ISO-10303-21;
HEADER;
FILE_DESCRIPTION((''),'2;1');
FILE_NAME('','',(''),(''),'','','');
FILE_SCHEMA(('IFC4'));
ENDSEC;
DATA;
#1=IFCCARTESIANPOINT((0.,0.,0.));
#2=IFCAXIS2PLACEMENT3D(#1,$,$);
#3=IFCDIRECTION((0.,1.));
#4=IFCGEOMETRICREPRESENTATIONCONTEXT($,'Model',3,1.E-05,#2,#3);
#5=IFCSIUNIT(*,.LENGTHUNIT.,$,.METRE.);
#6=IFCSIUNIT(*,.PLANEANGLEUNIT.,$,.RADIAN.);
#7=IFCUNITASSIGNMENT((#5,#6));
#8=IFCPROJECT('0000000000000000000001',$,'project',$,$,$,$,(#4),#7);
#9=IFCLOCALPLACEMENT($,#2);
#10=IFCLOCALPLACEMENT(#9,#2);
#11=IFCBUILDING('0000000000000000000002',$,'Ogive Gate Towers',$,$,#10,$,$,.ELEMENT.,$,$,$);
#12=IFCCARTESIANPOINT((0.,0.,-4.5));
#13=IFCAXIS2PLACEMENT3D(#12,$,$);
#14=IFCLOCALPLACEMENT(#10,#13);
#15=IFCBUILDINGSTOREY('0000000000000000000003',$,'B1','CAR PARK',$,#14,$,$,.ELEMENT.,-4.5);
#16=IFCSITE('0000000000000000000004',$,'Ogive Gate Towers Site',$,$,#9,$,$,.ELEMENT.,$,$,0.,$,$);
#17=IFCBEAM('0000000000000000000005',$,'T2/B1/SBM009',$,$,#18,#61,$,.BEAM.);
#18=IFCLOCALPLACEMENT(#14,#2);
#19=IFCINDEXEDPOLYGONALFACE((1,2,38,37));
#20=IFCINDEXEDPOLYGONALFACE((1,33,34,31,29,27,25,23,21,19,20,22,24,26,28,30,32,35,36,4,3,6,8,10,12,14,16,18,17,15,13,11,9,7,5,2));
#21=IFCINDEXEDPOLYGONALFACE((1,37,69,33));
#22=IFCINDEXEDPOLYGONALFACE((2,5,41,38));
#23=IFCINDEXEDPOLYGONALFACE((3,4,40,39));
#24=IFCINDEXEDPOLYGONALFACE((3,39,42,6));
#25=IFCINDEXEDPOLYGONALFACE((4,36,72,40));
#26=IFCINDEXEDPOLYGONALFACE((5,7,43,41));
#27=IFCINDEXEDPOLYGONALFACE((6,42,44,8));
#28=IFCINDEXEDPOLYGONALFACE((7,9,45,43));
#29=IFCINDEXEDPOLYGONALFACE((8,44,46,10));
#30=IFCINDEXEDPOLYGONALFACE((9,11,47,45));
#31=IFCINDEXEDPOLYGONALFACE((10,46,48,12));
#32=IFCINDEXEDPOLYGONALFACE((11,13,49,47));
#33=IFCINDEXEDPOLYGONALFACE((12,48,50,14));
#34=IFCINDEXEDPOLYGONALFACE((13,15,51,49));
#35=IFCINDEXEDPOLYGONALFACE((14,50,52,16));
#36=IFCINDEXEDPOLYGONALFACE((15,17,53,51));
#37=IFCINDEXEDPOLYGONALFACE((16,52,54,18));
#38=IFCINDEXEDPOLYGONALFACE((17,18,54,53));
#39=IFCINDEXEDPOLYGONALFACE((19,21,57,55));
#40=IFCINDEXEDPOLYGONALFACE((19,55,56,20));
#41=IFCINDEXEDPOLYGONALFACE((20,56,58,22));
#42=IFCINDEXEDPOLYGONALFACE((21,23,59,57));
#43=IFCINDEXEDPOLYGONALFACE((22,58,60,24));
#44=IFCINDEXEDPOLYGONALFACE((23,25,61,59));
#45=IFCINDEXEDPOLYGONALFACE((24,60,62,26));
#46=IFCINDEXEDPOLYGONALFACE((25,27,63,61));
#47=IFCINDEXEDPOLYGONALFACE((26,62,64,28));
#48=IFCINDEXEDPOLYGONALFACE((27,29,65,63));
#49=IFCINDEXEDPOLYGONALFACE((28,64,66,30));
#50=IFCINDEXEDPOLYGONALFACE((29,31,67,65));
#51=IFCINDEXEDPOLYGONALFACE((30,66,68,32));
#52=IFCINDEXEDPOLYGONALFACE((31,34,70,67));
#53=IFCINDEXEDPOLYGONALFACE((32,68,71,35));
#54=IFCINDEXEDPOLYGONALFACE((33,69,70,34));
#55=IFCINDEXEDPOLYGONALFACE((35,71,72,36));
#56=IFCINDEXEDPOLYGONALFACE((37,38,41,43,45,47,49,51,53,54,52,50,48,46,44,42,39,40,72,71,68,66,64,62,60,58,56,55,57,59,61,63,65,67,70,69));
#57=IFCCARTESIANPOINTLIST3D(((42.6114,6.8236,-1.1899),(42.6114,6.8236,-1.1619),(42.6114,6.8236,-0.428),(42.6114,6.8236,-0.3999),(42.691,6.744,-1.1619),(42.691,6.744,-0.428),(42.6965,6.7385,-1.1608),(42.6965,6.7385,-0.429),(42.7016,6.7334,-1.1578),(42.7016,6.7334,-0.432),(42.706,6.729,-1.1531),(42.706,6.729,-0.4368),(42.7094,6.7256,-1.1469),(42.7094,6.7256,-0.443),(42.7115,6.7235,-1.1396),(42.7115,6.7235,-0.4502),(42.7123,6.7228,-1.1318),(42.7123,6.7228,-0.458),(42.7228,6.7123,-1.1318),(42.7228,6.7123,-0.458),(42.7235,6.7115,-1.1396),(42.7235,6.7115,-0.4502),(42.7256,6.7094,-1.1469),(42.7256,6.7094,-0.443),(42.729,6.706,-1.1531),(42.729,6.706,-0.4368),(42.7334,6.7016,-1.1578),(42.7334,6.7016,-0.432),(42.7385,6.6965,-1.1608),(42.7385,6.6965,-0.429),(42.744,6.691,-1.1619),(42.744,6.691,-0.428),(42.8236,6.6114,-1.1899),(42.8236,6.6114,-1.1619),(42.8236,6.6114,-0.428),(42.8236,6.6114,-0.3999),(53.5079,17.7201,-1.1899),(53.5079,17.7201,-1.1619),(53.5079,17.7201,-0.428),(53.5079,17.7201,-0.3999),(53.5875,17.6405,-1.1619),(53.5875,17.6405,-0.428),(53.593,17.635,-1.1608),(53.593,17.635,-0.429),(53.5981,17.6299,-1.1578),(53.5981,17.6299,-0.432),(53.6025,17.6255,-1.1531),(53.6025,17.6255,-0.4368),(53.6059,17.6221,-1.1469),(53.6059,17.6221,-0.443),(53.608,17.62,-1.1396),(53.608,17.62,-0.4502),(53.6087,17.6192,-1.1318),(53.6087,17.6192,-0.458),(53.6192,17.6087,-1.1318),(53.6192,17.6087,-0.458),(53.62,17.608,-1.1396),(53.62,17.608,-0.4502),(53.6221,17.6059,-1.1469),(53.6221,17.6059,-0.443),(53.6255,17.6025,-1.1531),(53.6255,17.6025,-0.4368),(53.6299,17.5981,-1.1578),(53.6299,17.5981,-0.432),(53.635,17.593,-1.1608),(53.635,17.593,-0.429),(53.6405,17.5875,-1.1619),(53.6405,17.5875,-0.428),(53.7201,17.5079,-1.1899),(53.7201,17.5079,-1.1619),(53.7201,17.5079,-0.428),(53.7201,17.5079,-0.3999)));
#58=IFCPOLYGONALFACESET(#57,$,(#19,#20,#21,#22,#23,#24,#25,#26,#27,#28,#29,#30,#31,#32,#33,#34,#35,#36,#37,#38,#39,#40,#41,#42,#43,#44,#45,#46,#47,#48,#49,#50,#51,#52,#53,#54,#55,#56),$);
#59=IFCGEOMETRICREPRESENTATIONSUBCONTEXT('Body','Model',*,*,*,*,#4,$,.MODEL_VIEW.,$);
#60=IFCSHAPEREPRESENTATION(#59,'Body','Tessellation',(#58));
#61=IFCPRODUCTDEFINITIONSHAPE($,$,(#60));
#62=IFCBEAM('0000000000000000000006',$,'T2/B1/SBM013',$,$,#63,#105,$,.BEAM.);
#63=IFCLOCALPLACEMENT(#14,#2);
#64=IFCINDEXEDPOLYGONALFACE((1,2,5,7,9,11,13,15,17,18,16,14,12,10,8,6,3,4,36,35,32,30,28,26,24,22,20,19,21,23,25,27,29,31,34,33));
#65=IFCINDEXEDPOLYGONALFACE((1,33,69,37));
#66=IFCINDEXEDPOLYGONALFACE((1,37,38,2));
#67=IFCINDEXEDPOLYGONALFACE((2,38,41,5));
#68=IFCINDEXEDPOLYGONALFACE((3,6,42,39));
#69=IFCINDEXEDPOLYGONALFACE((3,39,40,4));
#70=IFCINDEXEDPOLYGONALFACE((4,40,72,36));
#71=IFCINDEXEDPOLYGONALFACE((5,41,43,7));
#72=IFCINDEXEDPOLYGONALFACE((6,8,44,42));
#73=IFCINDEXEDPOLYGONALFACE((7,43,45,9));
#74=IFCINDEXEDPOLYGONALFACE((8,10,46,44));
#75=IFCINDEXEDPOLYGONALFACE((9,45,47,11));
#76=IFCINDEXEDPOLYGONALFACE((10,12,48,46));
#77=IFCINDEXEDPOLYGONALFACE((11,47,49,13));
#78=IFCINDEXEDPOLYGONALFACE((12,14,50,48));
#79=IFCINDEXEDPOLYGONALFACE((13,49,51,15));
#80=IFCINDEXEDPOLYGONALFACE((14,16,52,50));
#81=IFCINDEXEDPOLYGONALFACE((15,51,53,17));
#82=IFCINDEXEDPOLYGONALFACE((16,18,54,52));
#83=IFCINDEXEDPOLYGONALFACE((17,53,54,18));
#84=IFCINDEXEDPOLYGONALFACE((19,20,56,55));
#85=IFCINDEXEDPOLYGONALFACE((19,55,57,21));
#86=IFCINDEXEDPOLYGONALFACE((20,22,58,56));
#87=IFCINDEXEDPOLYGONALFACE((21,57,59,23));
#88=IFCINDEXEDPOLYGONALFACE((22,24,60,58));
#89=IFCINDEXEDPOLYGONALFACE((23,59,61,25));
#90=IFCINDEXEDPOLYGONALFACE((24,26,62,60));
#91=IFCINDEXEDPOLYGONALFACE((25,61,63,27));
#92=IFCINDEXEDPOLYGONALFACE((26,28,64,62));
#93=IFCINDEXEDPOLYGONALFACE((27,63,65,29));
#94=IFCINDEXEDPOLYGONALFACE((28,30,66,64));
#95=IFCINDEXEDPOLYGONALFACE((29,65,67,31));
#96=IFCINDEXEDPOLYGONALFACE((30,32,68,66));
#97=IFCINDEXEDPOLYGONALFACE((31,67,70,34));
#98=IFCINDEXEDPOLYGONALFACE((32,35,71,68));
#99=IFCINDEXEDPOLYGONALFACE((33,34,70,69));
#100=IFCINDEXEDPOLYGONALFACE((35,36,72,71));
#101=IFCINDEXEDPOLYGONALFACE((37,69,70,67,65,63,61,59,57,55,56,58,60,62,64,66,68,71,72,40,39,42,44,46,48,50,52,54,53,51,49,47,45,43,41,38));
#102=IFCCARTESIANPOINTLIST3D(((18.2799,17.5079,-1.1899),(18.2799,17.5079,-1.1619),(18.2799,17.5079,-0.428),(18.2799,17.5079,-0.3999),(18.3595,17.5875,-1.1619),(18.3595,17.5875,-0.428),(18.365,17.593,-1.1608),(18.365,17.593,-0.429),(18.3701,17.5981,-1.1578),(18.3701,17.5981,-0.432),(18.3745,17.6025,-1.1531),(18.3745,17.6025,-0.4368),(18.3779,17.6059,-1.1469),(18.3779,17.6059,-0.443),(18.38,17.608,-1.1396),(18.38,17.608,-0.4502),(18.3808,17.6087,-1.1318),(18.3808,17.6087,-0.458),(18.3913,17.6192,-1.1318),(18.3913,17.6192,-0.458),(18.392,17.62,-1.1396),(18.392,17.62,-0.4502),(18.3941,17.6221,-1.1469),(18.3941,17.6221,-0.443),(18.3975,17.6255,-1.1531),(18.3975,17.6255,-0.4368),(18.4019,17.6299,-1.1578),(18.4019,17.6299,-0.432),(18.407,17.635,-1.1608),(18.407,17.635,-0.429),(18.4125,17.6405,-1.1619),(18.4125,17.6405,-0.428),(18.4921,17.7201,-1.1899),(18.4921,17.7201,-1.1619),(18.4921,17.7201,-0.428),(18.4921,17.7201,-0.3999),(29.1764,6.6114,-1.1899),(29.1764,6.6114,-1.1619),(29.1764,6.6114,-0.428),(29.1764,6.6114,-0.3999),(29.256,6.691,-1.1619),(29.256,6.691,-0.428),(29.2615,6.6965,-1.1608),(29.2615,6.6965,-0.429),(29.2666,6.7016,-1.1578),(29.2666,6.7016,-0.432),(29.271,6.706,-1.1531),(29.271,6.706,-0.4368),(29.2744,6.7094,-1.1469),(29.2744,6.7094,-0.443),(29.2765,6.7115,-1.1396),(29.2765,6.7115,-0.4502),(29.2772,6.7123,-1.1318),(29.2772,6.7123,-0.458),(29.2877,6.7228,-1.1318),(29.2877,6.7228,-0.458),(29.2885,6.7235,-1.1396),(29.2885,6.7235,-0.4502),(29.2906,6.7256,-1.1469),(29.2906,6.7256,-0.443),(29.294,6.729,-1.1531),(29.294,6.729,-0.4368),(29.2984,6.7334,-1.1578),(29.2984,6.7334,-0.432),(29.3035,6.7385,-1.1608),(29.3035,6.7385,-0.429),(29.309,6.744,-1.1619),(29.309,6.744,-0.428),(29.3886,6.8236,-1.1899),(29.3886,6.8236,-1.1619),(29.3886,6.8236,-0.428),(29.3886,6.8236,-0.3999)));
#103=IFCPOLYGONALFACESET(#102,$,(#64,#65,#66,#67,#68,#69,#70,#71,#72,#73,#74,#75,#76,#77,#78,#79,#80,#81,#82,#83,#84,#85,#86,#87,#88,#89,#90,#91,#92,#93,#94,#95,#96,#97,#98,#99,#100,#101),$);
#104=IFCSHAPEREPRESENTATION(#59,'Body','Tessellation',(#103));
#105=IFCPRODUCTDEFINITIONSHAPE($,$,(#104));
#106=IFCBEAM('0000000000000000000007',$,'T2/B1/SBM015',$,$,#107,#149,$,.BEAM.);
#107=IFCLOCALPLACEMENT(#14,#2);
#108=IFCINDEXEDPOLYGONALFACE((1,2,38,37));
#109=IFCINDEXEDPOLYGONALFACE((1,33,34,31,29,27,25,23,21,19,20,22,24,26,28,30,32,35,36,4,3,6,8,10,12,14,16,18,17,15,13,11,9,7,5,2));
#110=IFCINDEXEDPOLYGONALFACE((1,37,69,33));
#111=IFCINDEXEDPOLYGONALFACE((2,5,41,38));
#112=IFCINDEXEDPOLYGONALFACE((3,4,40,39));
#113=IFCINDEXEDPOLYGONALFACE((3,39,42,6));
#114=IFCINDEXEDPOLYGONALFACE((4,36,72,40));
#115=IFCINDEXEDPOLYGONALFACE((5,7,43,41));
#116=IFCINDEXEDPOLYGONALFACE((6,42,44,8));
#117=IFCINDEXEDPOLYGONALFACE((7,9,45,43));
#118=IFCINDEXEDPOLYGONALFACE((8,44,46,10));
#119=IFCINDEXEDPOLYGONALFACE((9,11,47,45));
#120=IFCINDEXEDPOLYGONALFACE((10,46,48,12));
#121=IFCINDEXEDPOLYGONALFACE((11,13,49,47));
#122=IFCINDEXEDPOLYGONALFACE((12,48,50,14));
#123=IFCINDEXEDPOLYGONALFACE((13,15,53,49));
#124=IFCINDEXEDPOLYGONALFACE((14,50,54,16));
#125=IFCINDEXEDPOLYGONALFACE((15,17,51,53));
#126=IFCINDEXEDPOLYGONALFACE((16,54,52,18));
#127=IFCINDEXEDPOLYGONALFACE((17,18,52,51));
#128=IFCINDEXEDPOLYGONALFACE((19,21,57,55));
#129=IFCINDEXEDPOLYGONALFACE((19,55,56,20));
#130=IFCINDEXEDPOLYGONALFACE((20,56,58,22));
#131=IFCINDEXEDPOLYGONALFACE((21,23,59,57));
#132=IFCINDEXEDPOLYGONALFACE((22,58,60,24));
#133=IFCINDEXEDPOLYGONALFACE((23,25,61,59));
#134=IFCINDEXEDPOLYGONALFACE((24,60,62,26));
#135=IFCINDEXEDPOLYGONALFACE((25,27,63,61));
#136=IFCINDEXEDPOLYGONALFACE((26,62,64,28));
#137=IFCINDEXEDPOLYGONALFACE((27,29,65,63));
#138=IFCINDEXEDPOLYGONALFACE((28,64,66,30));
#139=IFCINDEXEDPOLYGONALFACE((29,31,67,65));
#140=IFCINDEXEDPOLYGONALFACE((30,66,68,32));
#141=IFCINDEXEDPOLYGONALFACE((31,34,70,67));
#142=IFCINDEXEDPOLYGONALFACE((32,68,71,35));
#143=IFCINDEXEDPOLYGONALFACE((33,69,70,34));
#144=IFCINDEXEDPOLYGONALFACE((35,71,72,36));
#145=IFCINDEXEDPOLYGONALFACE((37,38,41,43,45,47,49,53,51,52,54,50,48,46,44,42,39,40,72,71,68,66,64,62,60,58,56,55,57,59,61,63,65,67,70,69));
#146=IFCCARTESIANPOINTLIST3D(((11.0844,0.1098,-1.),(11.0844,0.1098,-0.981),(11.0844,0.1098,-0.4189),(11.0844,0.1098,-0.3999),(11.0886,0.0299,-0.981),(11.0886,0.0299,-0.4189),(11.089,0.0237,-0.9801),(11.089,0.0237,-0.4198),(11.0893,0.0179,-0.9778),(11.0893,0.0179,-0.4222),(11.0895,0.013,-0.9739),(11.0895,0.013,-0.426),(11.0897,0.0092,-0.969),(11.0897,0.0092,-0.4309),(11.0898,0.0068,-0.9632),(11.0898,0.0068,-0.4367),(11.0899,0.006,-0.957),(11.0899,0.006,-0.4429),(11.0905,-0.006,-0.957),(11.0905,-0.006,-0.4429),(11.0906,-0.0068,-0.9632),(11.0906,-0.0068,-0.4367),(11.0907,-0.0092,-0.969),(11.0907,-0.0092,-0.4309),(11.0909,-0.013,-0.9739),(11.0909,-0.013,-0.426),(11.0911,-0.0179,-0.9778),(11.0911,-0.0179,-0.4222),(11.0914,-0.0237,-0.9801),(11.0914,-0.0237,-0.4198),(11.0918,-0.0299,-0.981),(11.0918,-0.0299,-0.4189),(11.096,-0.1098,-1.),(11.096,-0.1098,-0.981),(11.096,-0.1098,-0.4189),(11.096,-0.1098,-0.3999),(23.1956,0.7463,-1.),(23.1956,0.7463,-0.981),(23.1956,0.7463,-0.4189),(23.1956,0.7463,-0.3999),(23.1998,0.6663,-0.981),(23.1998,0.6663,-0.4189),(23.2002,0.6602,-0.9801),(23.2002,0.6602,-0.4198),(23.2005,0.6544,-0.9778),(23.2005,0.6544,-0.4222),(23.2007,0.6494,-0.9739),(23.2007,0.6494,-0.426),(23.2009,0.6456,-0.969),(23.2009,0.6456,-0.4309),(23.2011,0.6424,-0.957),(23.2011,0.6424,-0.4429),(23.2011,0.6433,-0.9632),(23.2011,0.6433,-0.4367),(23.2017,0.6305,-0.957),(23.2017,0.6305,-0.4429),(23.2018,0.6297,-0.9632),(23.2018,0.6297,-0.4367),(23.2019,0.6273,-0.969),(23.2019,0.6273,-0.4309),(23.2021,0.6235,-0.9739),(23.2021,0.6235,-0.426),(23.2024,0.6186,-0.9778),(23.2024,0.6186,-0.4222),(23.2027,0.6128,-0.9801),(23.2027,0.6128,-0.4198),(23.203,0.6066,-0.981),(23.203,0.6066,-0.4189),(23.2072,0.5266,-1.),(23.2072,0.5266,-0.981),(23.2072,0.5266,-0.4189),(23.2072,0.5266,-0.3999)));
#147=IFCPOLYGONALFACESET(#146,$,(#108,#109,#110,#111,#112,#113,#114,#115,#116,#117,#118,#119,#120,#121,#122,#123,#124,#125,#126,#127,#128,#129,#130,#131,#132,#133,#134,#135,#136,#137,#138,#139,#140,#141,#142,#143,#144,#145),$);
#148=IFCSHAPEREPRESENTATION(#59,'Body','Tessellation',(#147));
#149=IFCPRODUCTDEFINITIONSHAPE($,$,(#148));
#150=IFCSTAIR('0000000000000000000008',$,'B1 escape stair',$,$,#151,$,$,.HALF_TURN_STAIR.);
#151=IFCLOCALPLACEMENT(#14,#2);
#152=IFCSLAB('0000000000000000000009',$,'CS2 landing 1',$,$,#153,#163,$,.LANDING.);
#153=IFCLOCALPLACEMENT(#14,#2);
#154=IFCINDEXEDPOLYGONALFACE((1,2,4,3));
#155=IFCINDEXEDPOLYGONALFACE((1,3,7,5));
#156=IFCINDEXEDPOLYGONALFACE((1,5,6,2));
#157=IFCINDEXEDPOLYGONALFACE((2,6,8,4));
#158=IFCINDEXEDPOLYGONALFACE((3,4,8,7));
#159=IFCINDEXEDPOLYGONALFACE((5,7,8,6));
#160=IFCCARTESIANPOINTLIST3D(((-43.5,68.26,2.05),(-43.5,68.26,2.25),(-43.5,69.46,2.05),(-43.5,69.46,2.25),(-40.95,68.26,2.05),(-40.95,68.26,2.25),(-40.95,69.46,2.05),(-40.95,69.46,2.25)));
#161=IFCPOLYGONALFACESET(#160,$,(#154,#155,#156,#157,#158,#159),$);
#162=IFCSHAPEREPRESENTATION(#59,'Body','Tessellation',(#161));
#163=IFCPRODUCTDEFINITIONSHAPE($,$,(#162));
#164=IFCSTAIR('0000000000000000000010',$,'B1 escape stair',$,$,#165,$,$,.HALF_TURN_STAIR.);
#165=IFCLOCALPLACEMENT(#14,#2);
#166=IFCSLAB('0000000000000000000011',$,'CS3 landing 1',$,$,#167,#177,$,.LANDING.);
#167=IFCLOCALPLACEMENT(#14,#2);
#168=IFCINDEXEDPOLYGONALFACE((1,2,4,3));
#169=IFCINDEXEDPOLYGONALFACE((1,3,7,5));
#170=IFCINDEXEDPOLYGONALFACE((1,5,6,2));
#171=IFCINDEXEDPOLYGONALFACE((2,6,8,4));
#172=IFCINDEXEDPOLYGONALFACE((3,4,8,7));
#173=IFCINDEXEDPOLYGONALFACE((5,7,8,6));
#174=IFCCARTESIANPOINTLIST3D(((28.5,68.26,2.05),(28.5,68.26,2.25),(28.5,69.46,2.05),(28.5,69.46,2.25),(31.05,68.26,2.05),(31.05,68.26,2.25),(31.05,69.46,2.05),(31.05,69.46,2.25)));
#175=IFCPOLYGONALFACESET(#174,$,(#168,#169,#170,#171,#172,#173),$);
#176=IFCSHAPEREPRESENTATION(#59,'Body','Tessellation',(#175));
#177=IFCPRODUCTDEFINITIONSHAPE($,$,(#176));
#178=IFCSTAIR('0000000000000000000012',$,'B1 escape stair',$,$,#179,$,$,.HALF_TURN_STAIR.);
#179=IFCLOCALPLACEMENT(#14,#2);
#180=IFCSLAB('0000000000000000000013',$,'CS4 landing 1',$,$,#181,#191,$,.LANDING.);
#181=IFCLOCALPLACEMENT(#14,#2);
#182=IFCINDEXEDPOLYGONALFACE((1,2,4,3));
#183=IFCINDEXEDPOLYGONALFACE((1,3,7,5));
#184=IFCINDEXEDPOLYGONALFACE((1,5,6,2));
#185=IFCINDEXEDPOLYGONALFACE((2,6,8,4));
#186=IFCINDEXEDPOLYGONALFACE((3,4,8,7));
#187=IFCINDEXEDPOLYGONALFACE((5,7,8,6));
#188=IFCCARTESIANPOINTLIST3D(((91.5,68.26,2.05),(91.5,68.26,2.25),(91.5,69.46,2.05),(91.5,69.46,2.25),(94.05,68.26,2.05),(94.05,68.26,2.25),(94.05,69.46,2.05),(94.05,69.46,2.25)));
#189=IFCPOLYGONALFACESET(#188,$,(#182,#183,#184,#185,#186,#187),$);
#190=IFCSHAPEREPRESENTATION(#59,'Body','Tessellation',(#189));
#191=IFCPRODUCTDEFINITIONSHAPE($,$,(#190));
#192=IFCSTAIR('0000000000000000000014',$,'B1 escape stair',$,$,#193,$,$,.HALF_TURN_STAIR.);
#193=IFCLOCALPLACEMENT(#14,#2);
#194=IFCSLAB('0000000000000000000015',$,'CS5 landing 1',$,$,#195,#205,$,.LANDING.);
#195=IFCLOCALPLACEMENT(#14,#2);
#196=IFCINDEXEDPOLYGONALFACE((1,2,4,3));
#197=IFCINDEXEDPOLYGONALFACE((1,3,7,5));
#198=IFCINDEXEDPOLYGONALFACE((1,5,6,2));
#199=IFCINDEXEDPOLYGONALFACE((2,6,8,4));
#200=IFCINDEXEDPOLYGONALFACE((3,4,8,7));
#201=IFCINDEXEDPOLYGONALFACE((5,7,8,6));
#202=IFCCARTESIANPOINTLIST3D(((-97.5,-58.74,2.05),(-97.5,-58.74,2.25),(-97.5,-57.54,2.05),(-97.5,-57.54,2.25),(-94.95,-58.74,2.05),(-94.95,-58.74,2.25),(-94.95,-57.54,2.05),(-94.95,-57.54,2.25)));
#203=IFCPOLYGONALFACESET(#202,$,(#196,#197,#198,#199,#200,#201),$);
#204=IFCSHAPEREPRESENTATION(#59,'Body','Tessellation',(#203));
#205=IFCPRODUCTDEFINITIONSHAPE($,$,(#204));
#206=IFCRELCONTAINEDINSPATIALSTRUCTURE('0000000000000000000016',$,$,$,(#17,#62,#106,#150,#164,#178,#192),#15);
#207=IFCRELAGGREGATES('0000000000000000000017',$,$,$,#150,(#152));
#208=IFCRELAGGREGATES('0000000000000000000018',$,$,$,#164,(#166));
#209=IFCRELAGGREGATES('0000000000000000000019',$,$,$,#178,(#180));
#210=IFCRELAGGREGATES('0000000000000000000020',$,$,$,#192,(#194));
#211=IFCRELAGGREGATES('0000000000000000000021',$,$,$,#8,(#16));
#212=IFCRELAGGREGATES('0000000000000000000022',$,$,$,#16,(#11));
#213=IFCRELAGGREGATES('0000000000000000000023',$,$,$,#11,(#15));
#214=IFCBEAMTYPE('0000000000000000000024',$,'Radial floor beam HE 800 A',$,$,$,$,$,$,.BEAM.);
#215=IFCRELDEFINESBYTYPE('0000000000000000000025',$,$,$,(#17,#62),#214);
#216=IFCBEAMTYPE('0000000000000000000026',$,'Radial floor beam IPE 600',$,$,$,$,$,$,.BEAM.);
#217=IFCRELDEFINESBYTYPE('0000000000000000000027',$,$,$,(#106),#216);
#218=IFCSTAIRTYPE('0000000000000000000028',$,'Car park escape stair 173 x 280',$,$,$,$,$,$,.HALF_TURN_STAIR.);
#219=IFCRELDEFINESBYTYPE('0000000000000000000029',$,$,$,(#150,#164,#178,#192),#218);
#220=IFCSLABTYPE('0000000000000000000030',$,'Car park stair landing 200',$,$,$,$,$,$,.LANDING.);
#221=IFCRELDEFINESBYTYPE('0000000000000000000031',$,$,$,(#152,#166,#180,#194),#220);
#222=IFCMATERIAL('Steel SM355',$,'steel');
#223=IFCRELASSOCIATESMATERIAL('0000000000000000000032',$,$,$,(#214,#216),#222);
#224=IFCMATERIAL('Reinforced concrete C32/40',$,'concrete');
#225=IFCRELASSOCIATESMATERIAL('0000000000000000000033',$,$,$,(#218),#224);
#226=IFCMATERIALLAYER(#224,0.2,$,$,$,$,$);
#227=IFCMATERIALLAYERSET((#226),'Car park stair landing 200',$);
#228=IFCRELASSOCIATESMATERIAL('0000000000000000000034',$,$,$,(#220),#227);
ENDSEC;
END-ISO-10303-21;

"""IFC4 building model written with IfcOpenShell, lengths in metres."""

from ifc_helpers import new_model, si_unit, direction, frame, origin, origin_2d, place, context, subcontext, project, spatial, polyline, i_section, outline, extrude, material, layer, layer_set, material_profile, profile_set, type_object, element, aggregate, save


model = new_model("IFC4")

# Units and contexts
model_context = context("Model", 3, precision=1e-05, world=origin(), true_north=direction((0.0, 1.0)))
body_context = subcontext(model_context, "Body", "Model", "MODEL_VIEW")
ifc_project = project(units=[si_unit("LENGTHUNIT", "METRE"), si_unit("PLANEANGLEUNIT", "RADIAN")], contexts=[model_context])

# Site, building, storey
site_placement = place(None, origin())
site = spatial("IfcSite", under=ifc_project, at=site_placement, Name="Ogive Gate Towers Site", CompositionType="ELEMENT", RefElevation=0.0)
building_placement = place(site_placement, origin())
building = spatial("IfcBuilding", under=site, at=building_placement, Name="Ogive Gate Towers", CompositionType="ELEMENT")
storey_placement = place(building_placement, frame((0.0, 0.0, -4.5)))
storey = spatial("IfcBuildingStorey", under=building, at=storey_placement, Name="B1", Description="CAR PARK", CompositionType="ELEMENT", Elevation=-4.5)

# Beams
ifc_material_1 = material(Name="Steel SM355", Category="steel")
ifc_material_profile_1 = material_profile(ifc_material_1, i_section(OverallWidth=0.3, OverallDepth=0.79, WebThickness=0.0149, FlangeThickness=0.0281, FilletRadius=0.03, at=origin_2d()), Name="HE 800 A")
ifc_profile_set_1 = profile_set([ifc_material_profile_1], Name="Steel SM355")
beam_type_1 = type_object("IfcBeamType", Name="Radial floor beam HE 800 A", PredefinedType="BEAM", material=ifc_profile_set_1)
for number, where, z_axis, x_axis, name in (
    (1, (42.7175, 6.7175, -0.7949), (0.707107, 0.707107, 0.0), (-0.707107, 0.707107, 0.0), "T2/B1/SBM009"),
    (2, (29.2825, 6.7175, -0.7949), (-0.707107, 0.707107, 0.0), (-0.707107, -0.707107, 0.0), "T2/B1/SBM013"),
):
    element("IfcBeam", number, at=place(storey_placement, frame(where, z_axis=z_axis, x_axis=x_axis)), inside=storey, type_object=beam_type_1, Name=name, PredefinedType="BEAM", context=body_context, shape_type="SweptSolid", body=[
        extrude(i_section(OverallWidth=0.3, OverallDepth=0.79, WebThickness=0.0149, FlangeThickness=0.0281, FilletRadius=0.03, at=origin_2d()), origin(), (0.0, 0.0, 1.0), 15.4099),
    ])
ifc_material_profile_2 = material_profile(ifc_material_1, i_section(OverallWidth=0.22, OverallDepth=0.6001, WebThickness=0.012, FlangeThickness=0.019, FilletRadius=0.0239, at=origin_2d()), Name="IPE 600")
ifc_profile_set_2 = profile_set([ifc_material_profile_2], Name="Steel SM355")
beam_type_2 = type_object("IfcBeamType", Name="Radial floor beam IPE 600", PredefinedType="BEAM", material=ifc_profile_set_2)
beam_1_placement = place(storey_placement, frame((23.2014, 0.6365, -0.7), z_axis=(-0.998622, -0.05248, 0.0), x_axis=(0.05248, -0.998622, 0.0)))
element("IfcBeam", 3, at=beam_1_placement, inside=storey, type_object=beam_type_2, Name="T2/B1/SBM015", PredefinedType="BEAM", context=body_context, shape_type="SweptSolid", body=[
    extrude(i_section(OverallWidth=0.22, OverallDepth=0.6001, WebThickness=0.012, FlangeThickness=0.019, FilletRadius=0.0239, at=origin_2d()), origin(), (0.0, 0.0, 1.0), 12.1279),
])

# Stairs, slabs
ifc_material_2 = material(Name="Reinforced concrete C32/40", Category="concrete")
stair_type_1 = type_object("IfcStairType", Name="Car park escape stair 173 x 280", PredefinedType="HALF_TURN_STAIR", material=ifc_material_2)
stair_1_placement = place(storey_placement, origin())
stair_1 = element("IfcStair", 4, at=stair_1_placement, inside=storey, type_object=stair_type_1, Name="B1 escape stair", PredefinedType="HALF_TURN_STAIR")
ifc_layer_1 = layer(ifc_material_2, 0.2)
ifc_layer_set_1 = layer_set([ifc_layer_1], Name="Car park stair landing 200")
slab_type = type_object("IfcSlabType", Name="Car park stair landing 200", PredefinedType="LANDING", material=ifc_layer_set_1)
slab_1_placement = place(storey_placement, frame((0.0, 0.0, 2.05)))
slab_1 = element("IfcSlab", 5, at=slab_1_placement, type_object=slab_type, Name="CS2 landing 1", PredefinedType="LANDING", context=body_context, shape_type="SweptSolid", body=[
    extrude(outline(polyline([(-40.95, 68.26), (-40.95, 69.46), (-43.5, 69.46), (-43.5, 68.26), (-40.95, 68.26)])), origin(), (0.0, 0.0, 1.0), 0.2),
])
aggregate(stair_1, [slab_1])
stair_2_placement = place(storey_placement, origin())
stair_2 = element("IfcStair", 6, at=stair_2_placement, inside=storey, type_object=stair_type_1, Name="B1 escape stair", PredefinedType="HALF_TURN_STAIR")
slab_2_placement = place(storey_placement, frame((0.0, 0.0, 2.05)))
slab_2 = element("IfcSlab", 7, at=slab_2_placement, type_object=slab_type, Name="CS3 landing 1", PredefinedType="LANDING", context=body_context, shape_type="SweptSolid", body=[
    extrude(outline(polyline([(31.05, 68.26), (31.05, 69.46), (28.5, 69.46), (28.5, 68.26), (31.05, 68.26)])), origin(), (0.0, 0.0, 1.0), 0.2),
])
aggregate(stair_2, [slab_2])
stair_3_placement = place(storey_placement, origin())
stair_3 = element("IfcStair", 8, at=stair_3_placement, inside=storey, type_object=stair_type_1, Name="B1 escape stair", PredefinedType="HALF_TURN_STAIR")
slab_3_placement = place(storey_placement, frame((0.0, 0.0, 2.05)))
slab_3 = element("IfcSlab", 9, at=slab_3_placement, type_object=slab_type, Name="CS4 landing 1", PredefinedType="LANDING", context=body_context, shape_type="SweptSolid", body=[
    extrude(outline(polyline([(94.05, 68.26), (94.05, 69.46), (91.5, 69.46), (91.5, 68.26), (94.05, 68.26)])), origin(), (0.0, 0.0, 1.0), 0.2),
])
aggregate(stair_3, [slab_3])
stair_4_placement = place(storey_placement, origin())
stair_4 = element("IfcStair", 10, at=stair_4_placement, inside=storey, type_object=stair_type_1, Name="B1 escape stair", PredefinedType="HALF_TURN_STAIR")
slab_4_placement = place(storey_placement, frame((0.0, 0.0, 2.05)))
slab_4 = element("IfcSlab", 11, at=slab_4_placement, type_object=slab_type, Name="CS5 landing 1", PredefinedType="LANDING", context=body_context, shape_type="SweptSolid", body=[
    extrude(outline(polyline([(-94.95, -58.74), (-94.95, -57.54), (-97.5, -57.54), (-97.5, -58.74), (-94.95, -58.74)])), origin(), (0.0, 0.0, 1.0), 0.2),
])
aggregate(stair_4, [slab_4])

save(model, "model.ifc")
